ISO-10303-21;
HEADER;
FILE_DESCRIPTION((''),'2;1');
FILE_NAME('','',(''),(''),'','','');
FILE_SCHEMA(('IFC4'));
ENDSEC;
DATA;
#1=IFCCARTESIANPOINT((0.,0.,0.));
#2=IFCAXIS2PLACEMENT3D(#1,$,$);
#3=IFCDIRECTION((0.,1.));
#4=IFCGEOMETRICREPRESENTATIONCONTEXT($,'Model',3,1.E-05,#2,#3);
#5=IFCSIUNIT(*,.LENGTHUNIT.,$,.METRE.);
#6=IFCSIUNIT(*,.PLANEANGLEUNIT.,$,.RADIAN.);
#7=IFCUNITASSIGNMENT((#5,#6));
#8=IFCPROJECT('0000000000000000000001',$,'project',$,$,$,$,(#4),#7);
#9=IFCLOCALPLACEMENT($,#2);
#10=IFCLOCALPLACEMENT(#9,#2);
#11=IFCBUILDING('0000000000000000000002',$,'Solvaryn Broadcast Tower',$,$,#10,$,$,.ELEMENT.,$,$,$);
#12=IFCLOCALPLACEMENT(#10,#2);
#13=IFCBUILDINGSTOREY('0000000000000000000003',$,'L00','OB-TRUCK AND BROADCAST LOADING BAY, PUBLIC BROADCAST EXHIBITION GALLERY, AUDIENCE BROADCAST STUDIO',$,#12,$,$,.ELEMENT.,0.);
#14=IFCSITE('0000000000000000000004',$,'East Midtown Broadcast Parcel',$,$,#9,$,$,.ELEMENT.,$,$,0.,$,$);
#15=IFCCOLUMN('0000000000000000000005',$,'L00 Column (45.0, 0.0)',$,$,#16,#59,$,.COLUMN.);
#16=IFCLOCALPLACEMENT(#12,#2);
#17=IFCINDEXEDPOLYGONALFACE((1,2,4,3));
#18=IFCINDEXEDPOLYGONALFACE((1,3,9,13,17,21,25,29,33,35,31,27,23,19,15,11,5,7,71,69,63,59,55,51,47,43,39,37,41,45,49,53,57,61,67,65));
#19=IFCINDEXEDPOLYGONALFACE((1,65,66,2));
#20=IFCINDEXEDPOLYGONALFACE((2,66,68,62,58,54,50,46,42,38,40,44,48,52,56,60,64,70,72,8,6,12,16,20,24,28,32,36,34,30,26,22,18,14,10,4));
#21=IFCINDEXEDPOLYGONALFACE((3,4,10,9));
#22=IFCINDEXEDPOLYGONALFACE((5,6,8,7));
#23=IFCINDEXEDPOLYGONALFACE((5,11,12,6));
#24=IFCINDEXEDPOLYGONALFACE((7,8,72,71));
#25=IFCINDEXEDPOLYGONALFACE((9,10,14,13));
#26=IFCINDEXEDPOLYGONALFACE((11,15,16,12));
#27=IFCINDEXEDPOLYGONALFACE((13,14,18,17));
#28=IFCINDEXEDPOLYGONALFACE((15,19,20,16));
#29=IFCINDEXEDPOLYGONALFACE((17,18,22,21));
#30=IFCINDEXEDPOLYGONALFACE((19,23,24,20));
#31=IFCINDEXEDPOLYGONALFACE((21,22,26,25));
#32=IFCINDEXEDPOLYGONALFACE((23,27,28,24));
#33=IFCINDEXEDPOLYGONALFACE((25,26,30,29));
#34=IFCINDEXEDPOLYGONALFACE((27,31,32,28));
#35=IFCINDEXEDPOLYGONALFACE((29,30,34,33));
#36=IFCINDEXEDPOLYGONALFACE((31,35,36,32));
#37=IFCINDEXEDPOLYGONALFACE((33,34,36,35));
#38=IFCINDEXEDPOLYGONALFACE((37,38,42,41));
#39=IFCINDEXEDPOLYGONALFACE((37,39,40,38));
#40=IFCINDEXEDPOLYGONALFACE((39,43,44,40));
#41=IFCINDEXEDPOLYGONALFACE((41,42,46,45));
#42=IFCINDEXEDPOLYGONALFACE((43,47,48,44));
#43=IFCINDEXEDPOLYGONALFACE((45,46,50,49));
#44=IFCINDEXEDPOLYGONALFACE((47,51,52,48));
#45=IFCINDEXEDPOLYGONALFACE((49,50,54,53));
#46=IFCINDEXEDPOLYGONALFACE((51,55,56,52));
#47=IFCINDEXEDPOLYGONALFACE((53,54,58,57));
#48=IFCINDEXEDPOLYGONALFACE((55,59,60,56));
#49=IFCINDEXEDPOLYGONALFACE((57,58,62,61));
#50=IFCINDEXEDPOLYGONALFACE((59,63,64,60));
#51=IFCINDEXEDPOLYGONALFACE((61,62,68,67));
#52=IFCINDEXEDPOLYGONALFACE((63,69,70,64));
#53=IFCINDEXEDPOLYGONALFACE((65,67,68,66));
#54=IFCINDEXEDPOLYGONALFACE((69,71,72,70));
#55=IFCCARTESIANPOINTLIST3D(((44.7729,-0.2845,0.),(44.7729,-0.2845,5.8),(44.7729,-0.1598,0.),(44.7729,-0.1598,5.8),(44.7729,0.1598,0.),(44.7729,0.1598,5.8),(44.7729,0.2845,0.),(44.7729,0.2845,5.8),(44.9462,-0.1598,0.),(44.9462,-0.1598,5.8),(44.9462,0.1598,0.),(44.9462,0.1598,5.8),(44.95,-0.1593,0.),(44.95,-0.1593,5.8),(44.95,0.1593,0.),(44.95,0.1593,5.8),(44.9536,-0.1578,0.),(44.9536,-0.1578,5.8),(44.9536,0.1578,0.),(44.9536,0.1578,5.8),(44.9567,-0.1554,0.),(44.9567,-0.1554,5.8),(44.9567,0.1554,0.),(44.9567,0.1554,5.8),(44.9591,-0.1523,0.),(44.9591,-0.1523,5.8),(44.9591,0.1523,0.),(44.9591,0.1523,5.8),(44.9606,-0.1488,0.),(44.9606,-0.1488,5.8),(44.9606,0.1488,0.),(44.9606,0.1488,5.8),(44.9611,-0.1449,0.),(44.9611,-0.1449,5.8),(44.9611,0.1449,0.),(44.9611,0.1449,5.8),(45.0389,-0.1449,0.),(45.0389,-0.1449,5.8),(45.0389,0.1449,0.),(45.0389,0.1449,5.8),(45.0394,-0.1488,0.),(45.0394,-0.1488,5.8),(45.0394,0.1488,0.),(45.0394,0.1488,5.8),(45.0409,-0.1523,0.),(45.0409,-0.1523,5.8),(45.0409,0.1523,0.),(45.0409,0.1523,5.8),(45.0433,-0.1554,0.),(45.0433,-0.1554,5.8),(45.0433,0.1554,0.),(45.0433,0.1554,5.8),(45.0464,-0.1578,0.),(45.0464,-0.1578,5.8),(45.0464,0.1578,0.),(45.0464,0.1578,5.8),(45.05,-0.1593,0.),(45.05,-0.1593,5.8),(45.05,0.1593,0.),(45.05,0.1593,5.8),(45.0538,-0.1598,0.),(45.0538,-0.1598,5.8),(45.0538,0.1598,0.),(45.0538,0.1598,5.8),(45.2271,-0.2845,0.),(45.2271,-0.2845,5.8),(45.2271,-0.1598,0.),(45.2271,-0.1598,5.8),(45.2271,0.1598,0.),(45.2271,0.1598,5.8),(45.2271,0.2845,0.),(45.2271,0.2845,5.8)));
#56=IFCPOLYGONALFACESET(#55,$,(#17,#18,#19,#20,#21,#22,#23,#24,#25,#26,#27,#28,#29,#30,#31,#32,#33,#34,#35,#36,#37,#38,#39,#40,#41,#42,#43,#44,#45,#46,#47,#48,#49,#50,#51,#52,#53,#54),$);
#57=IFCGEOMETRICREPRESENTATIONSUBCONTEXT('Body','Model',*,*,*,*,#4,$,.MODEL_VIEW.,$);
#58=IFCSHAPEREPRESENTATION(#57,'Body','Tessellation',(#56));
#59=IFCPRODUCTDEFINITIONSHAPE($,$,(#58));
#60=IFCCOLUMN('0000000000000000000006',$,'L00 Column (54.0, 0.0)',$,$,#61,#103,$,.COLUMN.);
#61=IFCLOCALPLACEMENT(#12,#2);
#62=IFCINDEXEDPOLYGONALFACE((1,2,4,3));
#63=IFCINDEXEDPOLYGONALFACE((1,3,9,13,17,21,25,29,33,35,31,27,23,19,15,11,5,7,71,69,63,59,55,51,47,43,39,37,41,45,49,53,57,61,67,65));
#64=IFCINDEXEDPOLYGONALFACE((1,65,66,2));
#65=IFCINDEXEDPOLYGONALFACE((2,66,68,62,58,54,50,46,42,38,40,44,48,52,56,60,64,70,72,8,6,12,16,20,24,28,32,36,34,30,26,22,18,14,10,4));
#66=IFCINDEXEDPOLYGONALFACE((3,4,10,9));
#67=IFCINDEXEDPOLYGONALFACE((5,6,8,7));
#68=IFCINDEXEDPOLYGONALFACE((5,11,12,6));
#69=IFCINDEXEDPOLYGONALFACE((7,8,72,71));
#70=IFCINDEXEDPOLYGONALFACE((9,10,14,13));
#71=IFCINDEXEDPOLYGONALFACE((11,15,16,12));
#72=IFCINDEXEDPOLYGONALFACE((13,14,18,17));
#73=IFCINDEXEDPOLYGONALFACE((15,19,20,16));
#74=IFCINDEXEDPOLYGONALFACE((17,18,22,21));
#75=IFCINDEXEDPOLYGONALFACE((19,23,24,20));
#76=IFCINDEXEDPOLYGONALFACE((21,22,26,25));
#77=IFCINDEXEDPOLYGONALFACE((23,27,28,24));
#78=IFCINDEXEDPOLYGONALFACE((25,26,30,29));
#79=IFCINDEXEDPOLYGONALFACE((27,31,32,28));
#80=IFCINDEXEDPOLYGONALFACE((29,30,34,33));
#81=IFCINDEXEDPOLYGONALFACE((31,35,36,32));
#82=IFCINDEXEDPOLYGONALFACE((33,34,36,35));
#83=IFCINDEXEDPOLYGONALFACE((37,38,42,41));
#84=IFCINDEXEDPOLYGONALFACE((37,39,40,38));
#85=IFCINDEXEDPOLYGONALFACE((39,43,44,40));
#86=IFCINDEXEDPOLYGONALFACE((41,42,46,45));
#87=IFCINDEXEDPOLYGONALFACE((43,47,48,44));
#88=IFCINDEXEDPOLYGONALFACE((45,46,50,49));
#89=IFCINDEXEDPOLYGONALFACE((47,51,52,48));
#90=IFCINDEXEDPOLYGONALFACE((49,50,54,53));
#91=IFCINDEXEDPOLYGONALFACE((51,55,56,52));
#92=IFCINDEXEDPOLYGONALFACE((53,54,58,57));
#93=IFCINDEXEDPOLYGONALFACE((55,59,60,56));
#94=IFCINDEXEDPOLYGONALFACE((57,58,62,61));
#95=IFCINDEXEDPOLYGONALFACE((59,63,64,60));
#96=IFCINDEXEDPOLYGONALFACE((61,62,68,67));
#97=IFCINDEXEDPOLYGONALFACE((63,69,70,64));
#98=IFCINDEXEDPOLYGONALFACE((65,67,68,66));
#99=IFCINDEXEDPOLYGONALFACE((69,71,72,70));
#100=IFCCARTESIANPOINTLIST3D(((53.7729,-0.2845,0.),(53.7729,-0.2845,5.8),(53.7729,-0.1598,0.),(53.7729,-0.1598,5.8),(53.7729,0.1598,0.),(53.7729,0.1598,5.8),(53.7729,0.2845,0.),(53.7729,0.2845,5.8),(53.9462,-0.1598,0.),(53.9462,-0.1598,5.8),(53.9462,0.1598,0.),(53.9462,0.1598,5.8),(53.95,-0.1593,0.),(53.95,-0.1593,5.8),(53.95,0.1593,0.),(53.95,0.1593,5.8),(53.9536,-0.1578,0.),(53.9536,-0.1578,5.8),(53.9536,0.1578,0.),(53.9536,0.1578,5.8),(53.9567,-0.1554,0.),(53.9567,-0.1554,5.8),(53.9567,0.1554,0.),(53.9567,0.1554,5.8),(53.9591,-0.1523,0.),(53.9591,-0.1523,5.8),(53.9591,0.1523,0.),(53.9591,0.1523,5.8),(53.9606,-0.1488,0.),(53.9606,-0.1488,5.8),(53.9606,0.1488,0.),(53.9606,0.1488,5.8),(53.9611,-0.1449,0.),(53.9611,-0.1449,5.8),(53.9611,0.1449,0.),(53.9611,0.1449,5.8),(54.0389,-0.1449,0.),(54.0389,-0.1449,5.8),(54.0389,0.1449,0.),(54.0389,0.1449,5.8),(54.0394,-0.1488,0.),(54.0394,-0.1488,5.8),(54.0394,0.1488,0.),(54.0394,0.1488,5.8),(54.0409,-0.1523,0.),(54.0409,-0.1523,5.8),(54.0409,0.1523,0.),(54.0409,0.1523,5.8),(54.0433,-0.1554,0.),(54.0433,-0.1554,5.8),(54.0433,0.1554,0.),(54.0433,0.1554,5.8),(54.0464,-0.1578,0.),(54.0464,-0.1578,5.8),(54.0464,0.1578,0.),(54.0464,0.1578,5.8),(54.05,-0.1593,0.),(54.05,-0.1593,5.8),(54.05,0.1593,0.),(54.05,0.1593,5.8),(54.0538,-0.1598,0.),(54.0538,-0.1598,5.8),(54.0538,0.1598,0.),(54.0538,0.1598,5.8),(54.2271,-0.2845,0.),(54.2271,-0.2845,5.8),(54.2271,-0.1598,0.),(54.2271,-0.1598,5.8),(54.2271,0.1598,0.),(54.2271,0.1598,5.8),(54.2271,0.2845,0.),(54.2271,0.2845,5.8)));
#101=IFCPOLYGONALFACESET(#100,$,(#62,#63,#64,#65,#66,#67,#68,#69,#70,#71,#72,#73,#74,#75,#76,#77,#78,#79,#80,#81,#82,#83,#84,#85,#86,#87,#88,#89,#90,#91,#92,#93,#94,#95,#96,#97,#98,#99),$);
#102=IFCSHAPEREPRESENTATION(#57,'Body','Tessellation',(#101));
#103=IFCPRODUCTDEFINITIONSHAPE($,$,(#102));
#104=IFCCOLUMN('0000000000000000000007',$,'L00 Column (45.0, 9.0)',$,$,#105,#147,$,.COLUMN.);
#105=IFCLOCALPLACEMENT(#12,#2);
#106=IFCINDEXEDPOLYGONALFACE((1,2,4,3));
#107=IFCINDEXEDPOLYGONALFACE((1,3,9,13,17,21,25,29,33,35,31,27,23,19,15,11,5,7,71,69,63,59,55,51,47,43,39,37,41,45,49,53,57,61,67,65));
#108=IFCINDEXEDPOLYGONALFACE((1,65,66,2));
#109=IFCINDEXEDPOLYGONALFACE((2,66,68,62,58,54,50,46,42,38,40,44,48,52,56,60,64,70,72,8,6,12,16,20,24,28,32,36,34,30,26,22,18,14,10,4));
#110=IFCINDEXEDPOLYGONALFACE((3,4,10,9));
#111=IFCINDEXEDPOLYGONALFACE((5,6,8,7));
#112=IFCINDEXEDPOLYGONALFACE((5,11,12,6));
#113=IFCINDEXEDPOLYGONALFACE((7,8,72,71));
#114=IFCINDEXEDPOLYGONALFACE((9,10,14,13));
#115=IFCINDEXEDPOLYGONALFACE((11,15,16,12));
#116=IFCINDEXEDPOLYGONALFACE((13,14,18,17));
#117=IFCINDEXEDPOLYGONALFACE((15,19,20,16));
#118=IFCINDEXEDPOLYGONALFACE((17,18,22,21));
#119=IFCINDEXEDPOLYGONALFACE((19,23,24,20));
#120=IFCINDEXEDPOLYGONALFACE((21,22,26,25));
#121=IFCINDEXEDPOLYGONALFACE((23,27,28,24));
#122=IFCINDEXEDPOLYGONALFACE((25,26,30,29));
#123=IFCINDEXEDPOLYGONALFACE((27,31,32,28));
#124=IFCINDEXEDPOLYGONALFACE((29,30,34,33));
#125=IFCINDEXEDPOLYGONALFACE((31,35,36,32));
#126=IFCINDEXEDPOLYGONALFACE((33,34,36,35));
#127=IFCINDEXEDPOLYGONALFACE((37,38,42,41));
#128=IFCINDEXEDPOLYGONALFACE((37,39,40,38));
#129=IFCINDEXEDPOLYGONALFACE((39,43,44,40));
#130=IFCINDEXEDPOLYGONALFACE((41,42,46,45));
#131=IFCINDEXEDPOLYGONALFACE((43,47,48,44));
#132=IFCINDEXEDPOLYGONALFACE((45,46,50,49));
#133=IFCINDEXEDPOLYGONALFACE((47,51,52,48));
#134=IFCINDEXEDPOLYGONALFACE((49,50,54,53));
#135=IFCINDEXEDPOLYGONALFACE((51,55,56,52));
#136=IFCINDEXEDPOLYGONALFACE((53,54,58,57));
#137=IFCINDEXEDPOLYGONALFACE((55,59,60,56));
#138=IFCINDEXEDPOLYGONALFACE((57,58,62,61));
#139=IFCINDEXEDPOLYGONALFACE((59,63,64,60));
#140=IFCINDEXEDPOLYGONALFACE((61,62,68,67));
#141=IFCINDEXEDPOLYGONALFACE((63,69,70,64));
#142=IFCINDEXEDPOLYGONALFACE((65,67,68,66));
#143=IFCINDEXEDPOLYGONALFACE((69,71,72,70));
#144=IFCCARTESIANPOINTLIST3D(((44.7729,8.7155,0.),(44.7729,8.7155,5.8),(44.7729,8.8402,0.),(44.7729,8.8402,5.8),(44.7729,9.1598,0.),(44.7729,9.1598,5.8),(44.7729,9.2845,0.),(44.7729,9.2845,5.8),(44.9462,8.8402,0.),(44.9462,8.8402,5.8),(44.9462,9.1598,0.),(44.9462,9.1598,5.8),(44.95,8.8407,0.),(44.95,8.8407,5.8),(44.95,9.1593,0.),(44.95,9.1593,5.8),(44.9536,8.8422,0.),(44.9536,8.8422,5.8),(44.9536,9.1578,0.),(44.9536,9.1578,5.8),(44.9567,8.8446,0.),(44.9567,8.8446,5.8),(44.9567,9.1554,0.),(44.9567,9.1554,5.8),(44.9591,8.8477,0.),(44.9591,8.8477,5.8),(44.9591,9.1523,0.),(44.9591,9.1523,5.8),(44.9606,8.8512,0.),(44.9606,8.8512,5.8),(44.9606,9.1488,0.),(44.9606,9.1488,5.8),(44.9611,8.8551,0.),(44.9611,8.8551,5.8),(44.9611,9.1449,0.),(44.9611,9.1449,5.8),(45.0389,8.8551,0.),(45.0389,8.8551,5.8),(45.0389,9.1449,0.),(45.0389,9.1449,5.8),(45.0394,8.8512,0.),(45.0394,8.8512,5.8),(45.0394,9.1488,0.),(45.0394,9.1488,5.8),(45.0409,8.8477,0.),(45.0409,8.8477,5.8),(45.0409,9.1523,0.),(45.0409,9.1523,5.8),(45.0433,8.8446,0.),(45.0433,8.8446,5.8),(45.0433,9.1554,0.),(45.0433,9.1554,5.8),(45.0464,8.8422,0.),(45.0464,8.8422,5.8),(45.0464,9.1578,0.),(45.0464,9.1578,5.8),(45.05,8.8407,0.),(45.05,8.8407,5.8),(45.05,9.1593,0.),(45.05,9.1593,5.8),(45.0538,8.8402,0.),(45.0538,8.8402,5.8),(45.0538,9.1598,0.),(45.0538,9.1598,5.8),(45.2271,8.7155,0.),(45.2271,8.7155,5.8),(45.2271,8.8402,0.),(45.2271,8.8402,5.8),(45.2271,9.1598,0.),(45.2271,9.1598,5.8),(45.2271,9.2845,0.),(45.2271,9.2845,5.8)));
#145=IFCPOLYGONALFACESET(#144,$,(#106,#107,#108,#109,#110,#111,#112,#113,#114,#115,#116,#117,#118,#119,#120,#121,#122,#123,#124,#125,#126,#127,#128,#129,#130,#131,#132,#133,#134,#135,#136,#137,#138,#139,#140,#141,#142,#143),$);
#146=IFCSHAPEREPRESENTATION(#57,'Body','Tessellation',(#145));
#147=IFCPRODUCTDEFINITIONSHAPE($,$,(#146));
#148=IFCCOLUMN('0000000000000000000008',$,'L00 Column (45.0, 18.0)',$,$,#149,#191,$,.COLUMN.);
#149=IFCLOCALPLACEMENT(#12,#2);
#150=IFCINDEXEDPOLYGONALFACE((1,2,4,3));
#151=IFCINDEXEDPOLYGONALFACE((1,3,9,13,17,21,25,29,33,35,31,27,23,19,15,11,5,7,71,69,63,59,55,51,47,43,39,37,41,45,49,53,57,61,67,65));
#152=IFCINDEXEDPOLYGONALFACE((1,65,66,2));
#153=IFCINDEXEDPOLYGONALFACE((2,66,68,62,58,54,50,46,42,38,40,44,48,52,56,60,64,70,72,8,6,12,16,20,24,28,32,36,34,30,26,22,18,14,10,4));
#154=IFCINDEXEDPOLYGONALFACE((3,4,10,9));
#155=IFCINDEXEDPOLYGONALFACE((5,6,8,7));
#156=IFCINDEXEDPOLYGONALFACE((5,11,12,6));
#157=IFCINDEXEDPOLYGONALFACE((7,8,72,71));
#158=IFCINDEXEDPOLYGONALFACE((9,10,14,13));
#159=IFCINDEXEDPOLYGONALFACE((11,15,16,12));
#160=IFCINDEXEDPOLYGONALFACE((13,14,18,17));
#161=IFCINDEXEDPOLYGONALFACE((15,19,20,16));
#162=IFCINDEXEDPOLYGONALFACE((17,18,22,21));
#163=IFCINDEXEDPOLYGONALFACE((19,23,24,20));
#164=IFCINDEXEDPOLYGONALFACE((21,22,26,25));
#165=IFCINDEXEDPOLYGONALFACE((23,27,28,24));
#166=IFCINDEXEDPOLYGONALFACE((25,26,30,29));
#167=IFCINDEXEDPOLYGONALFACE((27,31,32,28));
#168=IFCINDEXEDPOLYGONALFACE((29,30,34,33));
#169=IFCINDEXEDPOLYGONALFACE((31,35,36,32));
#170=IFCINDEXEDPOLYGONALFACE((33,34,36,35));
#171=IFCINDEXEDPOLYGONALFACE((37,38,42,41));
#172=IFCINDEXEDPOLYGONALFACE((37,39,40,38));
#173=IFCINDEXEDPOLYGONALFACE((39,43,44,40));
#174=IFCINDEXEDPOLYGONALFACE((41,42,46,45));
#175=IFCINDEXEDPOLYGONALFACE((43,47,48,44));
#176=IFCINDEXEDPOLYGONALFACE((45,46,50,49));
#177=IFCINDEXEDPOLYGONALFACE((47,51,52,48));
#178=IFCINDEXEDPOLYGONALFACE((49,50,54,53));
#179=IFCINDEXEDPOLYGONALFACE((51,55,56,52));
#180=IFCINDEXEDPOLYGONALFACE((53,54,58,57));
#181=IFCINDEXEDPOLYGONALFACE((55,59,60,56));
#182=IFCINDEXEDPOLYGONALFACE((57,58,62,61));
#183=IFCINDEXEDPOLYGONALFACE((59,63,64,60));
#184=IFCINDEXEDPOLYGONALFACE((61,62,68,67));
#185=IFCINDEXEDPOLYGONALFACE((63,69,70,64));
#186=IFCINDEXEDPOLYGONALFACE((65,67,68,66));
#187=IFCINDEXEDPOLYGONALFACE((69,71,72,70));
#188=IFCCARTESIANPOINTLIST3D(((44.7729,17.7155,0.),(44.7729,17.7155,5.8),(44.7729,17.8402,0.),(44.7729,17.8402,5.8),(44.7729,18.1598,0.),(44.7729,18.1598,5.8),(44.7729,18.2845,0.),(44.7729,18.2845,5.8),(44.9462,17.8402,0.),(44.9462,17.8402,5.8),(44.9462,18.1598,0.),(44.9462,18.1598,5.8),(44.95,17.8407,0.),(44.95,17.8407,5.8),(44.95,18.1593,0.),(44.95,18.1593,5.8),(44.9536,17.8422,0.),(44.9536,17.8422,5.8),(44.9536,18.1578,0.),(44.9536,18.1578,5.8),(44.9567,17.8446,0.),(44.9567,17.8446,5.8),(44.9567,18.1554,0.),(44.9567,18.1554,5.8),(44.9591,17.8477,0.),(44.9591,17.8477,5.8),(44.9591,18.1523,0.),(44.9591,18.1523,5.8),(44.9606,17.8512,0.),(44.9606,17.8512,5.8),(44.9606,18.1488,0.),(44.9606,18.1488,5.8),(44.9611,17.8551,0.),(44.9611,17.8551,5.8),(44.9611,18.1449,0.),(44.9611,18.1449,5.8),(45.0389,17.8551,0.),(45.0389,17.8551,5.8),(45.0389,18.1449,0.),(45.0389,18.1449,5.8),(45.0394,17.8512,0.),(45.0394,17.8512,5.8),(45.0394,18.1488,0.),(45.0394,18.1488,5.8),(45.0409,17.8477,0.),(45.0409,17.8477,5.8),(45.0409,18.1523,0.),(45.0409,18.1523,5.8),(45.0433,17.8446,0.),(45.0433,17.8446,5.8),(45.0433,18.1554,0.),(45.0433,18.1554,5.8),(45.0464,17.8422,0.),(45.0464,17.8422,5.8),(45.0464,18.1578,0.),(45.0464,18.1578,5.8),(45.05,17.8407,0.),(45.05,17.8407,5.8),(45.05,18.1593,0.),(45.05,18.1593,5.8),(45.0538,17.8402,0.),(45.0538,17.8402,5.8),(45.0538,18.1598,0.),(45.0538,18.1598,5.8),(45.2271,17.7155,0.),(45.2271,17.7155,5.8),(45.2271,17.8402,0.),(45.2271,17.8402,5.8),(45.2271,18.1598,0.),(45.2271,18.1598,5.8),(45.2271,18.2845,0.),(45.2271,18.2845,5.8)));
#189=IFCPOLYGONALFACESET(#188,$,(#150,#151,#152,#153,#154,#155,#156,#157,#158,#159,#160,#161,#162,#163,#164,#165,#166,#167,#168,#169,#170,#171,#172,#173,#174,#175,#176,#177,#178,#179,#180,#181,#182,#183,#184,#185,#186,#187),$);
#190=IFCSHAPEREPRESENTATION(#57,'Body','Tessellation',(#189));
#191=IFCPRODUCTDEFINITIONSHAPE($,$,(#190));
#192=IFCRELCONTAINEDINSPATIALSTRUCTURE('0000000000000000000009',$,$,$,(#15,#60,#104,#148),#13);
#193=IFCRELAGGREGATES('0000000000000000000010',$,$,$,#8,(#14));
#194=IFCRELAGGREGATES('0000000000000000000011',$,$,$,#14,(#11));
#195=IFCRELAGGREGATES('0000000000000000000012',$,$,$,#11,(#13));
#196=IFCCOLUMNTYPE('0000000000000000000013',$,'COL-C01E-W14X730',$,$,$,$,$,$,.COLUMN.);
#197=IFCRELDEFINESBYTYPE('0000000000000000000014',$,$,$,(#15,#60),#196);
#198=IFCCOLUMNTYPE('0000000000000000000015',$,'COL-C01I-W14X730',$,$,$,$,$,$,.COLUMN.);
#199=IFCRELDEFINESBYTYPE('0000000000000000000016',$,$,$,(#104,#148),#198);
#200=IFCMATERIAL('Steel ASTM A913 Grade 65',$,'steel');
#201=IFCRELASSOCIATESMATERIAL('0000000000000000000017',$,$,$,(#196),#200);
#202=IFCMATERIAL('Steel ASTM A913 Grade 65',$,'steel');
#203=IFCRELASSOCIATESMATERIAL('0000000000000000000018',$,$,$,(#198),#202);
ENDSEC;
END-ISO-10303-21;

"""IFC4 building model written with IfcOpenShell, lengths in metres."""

from ifc_helpers import new_model, si_unit, direction, frame, origin, origin_2d, place, context, subcontext, project, spatial, i_section, extrude, material, material_profile, profile_set, type_object, element, save


model = new_model("IFC4")

# Units and contexts
model_context = context("Model", 3, precision=1e-05, world=origin(), true_north=direction((0.0, 1.0)))
body_context = subcontext(model_context, "Body", "Model", "MODEL_VIEW")
ifc_project = project(units=[si_unit("LENGTHUNIT", "METRE"), si_unit("PLANEANGLEUNIT", "RADIAN")], contexts=[model_context])

# Site, building, storey
site_placement = place(None, origin())
site = spatial("IfcSite", under=ifc_project, at=site_placement, Name="East Midtown Broadcast Parcel", CompositionType="ELEMENT", RefElevation=0.0)
building_placement = place(site_placement, origin())
building = spatial("IfcBuilding", under=site, at=building_placement, Name="Solvaryn Broadcast Tower", CompositionType="ELEMENT")
storey_placement = place(building_placement, origin())
storey = spatial("IfcBuildingStorey", under=building, at=storey_placement, Name="L00", Description="OB-TRUCK AND BROADCAST LOADING BAY, PUBLIC BROADCAST EXHIBITION GALLERY, AUDIENCE BROADCAST STUDIO", CompositionType="ELEMENT", Elevation=0.0)

# Columns
ifc_material_1 = material(Name="Steel ASTM A913 Grade 65", Category="steel")
ifc_material_profile_1 = material_profile(ifc_material_1, i_section(OverallWidth=0.4541, OverallDepth=0.5691, WebThickness=0.0779, FlangeThickness=0.1248, FilletRadius=0.0149, at=origin_2d()))
ifc_profile_set_1 = profile_set([ifc_material_profile_1], Name="Steel ASTM A913 Grade 65")
column_type_1 = type_object("IfcColumnType", Name="COL-C01E-W14X730", PredefinedType="COLUMN", material=ifc_profile_set_1)
for number, where, z_axis, x_axis, name in (
    (1, (45.0, 0.0, 0.0), (0.0, 0.0, 1.0), (1.0, 0.0, 0.0), "L00 Column (45.0, 0.0)"),
    (2, (54.0, 0.0, 0.0), (0.0, 0.0, 1.0), (1.0, 0.0, 0.0), "L00 Column (54.0, 0.0)"),
):
    element("IfcColumn", number, at=place(storey_placement, frame(where, z_axis=z_axis, x_axis=x_axis)), inside=storey, type_object=column_type_1, Name=name, PredefinedType="COLUMN", context=body_context, shape_type="SweptSolid", body=[
        extrude(i_section(OverallWidth=0.4541, OverallDepth=0.5691, WebThickness=0.0779, FlangeThickness=0.1248, FilletRadius=0.0149, at=origin_2d()), origin(), (0.0, 0.0, 1.0), 5.8),
    ])
ifc_material_2 = material(Name="Steel ASTM A913 Grade 65", Category="steel")
ifc_material_profile_2 = material_profile(ifc_material_2, i_section(OverallWidth=0.4541, OverallDepth=0.5691, WebThickness=0.0779, FlangeThickness=0.1248, FilletRadius=0.0149, at=origin_2d()))
ifc_profile_set_2 = profile_set([ifc_material_profile_2], Name="Steel ASTM A913 Grade 65")
column_type_2 = type_object("IfcColumnType", Name="COL-C01I-W14X730", PredefinedType="COLUMN", material=ifc_profile_set_2)
for number, where, z_axis, x_axis, name in (
    (3, (45.0, 9.0, 0.0), (0.0, 0.0, 1.0), (1.0, 0.0, 0.0), "L00 Column (45.0, 9.0)"),
    (4, (45.0, 18.0, 0.0), (0.0, 0.0, 1.0), (1.0, 0.0, 0.0), "L00 Column (45.0, 18.0)"),
):
    element("IfcColumn", number, at=place(storey_placement, frame(where, z_axis=z_axis, x_axis=x_axis)), inside=storey, type_object=column_type_2, Name=name, PredefinedType="COLUMN", context=body_context, shape_type="SweptSolid", body=[
        extrude(i_section(OverallWidth=0.4541, OverallDepth=0.5691, WebThickness=0.0779, FlangeThickness=0.1248, FilletRadius=0.0149, at=origin_2d()), origin(), (0.0, 0.0, 1.0), 5.8),
    ])

save(model, "model.ifc")
